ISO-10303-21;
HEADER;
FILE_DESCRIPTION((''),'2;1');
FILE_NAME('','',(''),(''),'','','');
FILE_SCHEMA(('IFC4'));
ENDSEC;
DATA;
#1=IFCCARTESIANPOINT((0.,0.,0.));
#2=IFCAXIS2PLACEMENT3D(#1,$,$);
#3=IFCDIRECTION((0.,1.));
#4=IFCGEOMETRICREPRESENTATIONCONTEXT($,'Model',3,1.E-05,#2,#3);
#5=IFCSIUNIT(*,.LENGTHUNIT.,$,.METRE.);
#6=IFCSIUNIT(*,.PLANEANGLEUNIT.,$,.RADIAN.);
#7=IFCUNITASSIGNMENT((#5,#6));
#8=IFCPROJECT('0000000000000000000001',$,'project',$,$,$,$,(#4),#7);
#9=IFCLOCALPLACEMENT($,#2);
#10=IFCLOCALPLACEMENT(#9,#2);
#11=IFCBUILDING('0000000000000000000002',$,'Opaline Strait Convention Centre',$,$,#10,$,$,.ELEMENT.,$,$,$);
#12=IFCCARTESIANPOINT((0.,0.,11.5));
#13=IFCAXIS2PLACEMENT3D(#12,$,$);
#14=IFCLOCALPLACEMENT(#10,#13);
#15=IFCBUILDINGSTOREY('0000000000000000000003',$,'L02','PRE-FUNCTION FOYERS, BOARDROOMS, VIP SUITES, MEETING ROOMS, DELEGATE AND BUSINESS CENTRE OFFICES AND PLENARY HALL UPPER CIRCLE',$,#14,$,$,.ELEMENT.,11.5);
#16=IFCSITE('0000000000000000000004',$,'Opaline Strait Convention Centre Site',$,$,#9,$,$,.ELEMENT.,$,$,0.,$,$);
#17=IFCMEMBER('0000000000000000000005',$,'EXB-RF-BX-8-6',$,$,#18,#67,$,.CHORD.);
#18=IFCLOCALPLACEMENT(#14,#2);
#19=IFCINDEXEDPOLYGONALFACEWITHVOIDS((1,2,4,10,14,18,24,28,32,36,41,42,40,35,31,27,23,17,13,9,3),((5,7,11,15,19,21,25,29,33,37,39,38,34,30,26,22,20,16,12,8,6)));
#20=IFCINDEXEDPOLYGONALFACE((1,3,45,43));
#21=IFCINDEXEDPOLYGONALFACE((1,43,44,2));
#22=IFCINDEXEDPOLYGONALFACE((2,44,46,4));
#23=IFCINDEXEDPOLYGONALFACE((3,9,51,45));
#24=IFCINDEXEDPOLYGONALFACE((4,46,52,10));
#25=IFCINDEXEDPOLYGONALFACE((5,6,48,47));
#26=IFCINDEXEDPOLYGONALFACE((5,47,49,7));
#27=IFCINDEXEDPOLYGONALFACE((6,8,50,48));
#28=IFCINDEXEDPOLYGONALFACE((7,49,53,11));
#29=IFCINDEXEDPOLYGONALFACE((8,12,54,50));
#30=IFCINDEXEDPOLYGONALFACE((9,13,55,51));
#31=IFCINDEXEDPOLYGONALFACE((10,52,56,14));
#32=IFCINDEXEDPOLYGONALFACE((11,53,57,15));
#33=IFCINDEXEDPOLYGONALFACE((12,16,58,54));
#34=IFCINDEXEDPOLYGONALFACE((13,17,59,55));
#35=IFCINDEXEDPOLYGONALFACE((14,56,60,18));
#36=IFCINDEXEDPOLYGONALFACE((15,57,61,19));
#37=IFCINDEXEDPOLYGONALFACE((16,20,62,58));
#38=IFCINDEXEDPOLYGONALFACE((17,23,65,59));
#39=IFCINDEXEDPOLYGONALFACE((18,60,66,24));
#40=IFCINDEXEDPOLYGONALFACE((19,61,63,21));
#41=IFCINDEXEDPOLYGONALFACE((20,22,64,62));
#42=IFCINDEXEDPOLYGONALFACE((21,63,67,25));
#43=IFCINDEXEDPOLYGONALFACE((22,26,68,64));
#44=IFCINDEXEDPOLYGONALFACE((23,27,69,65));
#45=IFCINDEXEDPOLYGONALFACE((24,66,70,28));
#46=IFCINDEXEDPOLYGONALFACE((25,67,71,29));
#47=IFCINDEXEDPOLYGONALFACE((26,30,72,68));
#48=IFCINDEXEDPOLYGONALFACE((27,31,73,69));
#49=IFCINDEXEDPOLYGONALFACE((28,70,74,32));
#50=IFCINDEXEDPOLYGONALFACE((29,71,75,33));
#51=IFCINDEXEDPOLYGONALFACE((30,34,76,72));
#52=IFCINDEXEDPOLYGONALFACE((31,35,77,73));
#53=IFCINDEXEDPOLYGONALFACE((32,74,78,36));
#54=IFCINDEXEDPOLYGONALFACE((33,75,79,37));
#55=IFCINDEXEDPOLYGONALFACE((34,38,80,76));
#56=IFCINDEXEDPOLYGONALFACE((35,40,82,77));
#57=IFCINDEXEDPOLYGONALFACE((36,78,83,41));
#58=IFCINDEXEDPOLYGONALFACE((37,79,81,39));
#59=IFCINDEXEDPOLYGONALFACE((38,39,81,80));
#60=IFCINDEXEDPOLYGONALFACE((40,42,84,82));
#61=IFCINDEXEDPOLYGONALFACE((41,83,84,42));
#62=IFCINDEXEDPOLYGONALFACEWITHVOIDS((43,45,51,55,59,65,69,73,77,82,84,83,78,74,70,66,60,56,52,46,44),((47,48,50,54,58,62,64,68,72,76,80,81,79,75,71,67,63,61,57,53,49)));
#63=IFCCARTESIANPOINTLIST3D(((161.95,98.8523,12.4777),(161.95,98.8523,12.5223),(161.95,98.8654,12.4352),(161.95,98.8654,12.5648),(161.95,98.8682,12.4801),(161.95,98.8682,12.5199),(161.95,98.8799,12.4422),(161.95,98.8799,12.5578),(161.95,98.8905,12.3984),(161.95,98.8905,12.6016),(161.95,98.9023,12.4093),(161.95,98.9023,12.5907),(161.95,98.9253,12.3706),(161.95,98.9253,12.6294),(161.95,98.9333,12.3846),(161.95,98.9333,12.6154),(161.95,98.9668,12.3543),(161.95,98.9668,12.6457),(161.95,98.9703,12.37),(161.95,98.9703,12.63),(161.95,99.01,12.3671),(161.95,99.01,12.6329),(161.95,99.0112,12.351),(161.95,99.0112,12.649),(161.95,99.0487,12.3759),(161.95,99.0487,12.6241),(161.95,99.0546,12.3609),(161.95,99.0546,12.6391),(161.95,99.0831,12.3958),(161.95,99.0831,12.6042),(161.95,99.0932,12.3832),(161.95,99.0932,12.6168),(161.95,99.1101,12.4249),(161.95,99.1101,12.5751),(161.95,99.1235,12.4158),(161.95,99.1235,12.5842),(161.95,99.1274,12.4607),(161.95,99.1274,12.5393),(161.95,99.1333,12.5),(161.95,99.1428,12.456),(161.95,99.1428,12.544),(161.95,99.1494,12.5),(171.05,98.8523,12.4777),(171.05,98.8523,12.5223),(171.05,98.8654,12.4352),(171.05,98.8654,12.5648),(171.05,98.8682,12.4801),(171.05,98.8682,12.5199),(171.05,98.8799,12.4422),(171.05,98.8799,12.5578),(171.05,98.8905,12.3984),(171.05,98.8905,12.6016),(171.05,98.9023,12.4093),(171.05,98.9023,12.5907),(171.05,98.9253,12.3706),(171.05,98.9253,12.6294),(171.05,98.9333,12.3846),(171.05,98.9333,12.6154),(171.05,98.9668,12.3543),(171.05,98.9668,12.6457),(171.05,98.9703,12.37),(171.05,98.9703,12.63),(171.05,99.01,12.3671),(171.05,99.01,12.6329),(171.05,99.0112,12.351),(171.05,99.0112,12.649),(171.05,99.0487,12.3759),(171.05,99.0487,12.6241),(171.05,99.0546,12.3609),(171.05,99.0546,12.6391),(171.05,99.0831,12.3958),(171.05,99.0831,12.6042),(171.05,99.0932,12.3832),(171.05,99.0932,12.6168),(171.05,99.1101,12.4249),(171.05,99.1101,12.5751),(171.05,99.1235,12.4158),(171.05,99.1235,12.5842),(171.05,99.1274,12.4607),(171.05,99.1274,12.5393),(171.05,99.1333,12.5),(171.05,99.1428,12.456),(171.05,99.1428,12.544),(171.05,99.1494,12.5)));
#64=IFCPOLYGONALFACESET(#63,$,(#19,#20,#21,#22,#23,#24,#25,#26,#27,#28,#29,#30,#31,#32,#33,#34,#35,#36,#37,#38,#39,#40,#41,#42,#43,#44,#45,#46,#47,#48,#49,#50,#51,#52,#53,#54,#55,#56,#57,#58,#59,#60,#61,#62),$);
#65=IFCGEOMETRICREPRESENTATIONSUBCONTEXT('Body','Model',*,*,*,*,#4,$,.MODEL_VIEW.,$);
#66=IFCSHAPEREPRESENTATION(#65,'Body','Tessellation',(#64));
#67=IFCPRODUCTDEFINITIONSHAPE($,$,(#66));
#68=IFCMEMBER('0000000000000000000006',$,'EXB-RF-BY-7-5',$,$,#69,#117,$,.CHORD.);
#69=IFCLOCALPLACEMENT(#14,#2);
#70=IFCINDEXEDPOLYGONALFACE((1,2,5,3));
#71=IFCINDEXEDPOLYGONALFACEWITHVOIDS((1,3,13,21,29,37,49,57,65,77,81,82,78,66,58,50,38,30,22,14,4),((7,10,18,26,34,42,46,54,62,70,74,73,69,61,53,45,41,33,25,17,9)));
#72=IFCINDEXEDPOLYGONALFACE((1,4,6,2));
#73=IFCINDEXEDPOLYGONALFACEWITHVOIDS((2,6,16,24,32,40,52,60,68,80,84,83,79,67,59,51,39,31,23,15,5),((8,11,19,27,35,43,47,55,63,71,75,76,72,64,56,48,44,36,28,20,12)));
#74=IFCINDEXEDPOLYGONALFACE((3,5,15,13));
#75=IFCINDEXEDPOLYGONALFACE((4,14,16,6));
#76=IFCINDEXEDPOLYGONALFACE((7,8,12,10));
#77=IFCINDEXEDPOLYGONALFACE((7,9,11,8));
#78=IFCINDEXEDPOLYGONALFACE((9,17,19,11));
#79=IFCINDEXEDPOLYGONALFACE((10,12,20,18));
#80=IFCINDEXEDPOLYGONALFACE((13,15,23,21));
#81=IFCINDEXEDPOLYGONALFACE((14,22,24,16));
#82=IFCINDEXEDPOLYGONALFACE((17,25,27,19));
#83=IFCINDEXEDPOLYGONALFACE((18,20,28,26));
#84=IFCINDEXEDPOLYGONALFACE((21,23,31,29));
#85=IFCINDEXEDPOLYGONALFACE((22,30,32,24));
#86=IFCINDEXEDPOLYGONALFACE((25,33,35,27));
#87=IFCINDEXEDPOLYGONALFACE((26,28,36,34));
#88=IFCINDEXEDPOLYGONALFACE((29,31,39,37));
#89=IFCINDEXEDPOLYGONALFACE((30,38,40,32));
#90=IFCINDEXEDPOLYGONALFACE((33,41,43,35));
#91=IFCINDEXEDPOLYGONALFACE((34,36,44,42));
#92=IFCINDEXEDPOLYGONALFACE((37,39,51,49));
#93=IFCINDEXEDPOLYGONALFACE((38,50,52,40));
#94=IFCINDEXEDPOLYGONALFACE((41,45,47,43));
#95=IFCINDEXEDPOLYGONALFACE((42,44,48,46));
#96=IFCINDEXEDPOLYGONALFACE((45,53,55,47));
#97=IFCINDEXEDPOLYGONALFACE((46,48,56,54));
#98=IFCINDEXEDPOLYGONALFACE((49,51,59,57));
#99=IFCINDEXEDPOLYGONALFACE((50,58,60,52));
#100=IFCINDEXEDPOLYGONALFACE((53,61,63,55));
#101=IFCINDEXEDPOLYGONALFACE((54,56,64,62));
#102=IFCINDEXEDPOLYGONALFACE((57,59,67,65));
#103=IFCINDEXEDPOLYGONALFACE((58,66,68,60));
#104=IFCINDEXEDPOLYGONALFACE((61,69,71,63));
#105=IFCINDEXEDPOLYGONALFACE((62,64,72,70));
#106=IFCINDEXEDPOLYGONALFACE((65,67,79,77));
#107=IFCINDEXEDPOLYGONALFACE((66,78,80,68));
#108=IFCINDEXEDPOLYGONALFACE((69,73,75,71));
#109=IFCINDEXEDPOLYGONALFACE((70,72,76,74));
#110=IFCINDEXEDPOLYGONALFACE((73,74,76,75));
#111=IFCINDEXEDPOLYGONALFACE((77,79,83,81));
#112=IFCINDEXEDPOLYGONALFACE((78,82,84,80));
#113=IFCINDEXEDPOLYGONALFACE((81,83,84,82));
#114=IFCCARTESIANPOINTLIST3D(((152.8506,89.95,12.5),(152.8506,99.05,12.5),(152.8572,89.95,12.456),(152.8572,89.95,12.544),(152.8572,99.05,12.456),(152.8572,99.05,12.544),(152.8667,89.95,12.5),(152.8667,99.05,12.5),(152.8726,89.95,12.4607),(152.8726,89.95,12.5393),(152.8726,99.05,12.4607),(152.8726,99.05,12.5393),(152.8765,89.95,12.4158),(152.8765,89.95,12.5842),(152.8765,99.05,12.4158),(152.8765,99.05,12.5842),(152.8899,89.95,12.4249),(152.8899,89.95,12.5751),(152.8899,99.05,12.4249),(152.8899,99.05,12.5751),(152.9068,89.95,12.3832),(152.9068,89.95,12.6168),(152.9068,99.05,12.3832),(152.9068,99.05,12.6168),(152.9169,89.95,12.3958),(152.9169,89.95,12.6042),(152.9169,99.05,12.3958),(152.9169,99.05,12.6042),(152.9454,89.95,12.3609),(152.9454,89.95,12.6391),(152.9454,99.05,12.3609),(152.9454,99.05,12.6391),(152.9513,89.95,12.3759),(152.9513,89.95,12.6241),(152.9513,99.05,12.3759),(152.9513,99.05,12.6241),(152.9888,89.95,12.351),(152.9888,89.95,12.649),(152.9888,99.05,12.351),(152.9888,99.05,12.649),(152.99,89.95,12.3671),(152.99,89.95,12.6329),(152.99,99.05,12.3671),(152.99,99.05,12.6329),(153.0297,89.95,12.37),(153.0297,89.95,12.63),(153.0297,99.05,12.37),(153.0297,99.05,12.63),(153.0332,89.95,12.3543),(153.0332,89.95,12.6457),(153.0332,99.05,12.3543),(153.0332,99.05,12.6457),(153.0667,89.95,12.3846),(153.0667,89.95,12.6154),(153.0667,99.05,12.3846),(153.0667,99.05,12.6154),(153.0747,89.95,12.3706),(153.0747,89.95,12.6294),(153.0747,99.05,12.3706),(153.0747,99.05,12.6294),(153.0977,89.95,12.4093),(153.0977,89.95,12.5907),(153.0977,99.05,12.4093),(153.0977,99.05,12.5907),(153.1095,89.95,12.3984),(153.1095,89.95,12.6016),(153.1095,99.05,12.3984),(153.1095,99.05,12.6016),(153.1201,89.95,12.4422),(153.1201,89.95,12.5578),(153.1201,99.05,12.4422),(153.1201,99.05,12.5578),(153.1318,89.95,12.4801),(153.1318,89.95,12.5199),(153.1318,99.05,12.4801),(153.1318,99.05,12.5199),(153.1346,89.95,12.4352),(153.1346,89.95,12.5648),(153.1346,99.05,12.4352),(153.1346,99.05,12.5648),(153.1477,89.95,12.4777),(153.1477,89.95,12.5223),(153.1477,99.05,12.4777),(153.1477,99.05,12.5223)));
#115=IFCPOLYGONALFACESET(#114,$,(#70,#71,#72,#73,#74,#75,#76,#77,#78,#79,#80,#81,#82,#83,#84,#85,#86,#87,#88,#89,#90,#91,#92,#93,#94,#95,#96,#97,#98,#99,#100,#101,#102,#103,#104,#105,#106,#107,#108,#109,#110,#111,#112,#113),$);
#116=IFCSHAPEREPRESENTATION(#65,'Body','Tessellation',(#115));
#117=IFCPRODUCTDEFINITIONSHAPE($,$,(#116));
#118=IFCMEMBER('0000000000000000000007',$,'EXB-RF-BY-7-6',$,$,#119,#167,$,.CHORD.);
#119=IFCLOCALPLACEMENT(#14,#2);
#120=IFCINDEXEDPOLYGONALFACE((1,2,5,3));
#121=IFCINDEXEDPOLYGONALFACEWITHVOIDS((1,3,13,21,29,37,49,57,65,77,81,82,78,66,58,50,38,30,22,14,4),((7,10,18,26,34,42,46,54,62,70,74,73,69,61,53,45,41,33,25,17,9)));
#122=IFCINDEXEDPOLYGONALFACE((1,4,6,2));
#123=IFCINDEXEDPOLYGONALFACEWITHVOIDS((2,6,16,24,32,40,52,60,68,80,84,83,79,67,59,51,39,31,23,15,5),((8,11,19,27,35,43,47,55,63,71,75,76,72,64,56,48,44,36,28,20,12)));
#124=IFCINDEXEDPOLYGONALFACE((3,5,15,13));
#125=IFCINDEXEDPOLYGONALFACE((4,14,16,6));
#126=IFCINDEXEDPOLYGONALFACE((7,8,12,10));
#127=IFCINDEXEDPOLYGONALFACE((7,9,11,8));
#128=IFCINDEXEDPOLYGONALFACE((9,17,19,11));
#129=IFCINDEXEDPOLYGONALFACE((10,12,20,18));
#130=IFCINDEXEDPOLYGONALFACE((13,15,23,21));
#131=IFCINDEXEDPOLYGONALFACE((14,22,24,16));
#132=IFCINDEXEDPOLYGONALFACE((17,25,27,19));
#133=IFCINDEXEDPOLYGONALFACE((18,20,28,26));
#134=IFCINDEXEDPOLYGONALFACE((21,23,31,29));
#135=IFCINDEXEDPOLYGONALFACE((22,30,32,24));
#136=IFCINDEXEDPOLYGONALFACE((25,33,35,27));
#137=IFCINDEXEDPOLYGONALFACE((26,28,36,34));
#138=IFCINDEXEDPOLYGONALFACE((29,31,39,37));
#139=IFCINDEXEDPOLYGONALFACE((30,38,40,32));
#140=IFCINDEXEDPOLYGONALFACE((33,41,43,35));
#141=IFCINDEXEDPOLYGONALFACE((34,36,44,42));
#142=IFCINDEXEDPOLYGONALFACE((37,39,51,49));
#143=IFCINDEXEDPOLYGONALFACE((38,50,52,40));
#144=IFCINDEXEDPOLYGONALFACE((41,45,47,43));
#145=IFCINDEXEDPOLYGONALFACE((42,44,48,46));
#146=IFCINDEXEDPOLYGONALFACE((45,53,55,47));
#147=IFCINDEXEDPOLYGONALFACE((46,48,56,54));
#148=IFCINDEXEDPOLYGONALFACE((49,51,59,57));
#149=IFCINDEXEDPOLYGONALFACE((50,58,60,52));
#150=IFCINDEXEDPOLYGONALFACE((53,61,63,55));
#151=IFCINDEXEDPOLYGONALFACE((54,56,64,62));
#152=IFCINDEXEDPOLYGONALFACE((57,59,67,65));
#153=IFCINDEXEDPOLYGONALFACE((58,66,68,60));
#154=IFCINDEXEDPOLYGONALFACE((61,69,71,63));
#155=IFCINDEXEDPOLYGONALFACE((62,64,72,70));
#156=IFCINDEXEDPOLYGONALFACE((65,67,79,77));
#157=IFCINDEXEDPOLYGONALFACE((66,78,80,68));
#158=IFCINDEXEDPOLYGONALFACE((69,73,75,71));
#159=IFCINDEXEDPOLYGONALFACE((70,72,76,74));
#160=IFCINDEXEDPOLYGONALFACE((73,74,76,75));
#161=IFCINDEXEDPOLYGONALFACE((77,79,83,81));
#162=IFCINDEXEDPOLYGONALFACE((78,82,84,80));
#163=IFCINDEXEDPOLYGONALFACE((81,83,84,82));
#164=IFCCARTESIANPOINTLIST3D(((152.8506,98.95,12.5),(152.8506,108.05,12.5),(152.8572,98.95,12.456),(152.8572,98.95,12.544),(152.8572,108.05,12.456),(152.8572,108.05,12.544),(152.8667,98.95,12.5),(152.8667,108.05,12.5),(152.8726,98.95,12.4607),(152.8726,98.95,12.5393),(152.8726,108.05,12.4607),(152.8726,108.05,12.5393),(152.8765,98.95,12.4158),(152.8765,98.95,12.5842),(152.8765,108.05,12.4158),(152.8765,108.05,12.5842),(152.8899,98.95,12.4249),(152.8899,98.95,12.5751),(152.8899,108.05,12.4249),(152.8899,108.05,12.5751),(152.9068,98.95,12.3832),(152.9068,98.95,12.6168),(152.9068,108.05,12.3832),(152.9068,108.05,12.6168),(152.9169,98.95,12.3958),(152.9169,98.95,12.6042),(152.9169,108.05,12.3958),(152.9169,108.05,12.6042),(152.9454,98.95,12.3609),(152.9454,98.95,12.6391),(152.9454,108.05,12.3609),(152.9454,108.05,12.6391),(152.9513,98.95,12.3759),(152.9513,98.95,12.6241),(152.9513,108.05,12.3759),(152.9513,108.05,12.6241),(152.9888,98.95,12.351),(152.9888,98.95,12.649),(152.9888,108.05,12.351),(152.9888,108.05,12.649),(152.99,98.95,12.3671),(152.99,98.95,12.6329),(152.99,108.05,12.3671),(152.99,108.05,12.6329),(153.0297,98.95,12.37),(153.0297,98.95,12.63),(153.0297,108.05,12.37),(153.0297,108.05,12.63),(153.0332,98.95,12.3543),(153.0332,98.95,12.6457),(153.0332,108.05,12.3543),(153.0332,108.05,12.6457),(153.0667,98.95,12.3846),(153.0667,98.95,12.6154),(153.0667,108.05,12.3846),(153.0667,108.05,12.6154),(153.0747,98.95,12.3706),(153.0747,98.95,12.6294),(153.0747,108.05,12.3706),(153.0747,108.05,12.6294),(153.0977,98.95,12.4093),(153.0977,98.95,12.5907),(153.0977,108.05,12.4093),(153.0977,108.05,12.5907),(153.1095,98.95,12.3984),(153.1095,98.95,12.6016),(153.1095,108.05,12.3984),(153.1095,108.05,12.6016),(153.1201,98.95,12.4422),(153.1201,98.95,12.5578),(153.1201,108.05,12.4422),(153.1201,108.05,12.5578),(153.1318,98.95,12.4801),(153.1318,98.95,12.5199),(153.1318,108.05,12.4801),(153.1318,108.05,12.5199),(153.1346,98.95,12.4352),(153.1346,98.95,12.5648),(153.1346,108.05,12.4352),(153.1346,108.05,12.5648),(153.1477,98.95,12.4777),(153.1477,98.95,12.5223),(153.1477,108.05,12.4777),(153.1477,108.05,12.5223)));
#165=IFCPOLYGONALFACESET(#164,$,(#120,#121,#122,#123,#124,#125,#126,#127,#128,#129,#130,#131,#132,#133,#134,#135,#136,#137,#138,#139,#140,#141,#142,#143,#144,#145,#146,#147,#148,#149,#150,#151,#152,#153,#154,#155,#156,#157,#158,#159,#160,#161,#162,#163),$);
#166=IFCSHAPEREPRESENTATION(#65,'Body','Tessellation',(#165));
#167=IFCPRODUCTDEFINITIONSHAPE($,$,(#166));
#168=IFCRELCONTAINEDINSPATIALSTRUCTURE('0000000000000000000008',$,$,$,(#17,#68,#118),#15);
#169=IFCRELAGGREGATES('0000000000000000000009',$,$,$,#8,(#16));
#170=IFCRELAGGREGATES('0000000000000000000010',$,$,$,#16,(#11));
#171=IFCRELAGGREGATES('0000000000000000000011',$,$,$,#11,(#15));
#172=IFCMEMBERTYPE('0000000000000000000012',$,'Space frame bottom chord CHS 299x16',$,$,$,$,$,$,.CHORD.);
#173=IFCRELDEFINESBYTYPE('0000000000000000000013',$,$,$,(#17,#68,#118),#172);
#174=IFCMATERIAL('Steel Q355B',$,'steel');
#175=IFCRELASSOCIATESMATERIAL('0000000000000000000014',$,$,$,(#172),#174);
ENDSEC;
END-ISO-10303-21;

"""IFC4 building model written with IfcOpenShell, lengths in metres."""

from ifc_helpers import new_model, si_unit, direction, frame, origin, origin_2d, place, context, subcontext, project, spatial, hollow_circle, extrude, material, material_profile, profile_set, type_object, element, save


model = new_model("IFC4")

# Units and contexts
model_context = context("Model", 3, precision=1e-05, world=origin(), true_north=direction((0.0, 1.0)))
body_context = subcontext(model_context, "Body", "Model", "MODEL_VIEW")
ifc_project = project(units=[si_unit("LENGTHUNIT", "METRE"), si_unit("PLANEANGLEUNIT", "RADIAN")], contexts=[model_context])

# Site, building, storey
site_placement = place(None, origin())
site = spatial("IfcSite", under=ifc_project, at=site_placement, Name="Opaline Strait Convention Centre Site", CompositionType="ELEMENT", RefElevation=0.0)
building_placement = place(site_placement, origin())
building = spatial("IfcBuilding", under=site, at=building_placement, Name="Opaline Strait Convention Centre", CompositionType="ELEMENT")
storey_placement = place(building_placement, frame((0.0, 0.0, 11.5)))
storey = spatial("IfcBuildingStorey", under=building, at=storey_placement, Name="L02", Description="PRE-FUNCTION FOYERS, BOARDROOMS, VIP SUITES, MEETING ROOMS, DELEGATE AND BUSINESS CENTRE OFFICES AND PLENARY HALL UPPER CIRCLE", CompositionType="ELEMENT", Elevation=11.5)

# Members
ifc_material_1 = material(Name="Steel Q355B", Category="steel")
ifc_material_profile_1 = material_profile(ifc_material_1, hollow_circle(Radius=0.1494, WallThickness=0.0161, at=origin_2d()), Name="CHS 299x16")
ifc_profile_set_1 = profile_set([ifc_material_profile_1], Name="Steel Q355B")
member_type_1 = type_object("IfcMemberType", Name="Space frame bottom chord CHS 299x16", PredefinedType="CHORD", material=ifc_profile_set_1)
for number, where, z_axis, x_axis, name in (
    (1, (161.95, 99.0, 12.5), (1.0, 0.0, 0.0), (0.0, 1.0, 0.0), "EXB-RF-BX-8-6"),
    (2, (153.0, 89.95, 12.5), (0.0, 1.0, 0.0), (-1.0, 0.0, 0.0), "EXB-RF-BY-7-5"),
    (3, (153.0, 98.95, 12.5), (0.0, 1.0, 0.0), (-1.0, 0.0, 0.0), "EXB-RF-BY-7-6"),
):
    element("IfcMember", number, at=place(storey_placement, frame(where, z_axis=z_axis, x_axis=x_axis)), inside=storey, type_object=member_type_1, Name=name, PredefinedType="CHORD", context=body_context, shape_type="SweptSolid", body=[
        extrude(hollow_circle(Radius=0.1494, WallThickness=0.0161, at=origin_2d()), origin(), (0.0, 0.0, 1.0), 9.1001),
    ])

save(model, "model.ifc")
